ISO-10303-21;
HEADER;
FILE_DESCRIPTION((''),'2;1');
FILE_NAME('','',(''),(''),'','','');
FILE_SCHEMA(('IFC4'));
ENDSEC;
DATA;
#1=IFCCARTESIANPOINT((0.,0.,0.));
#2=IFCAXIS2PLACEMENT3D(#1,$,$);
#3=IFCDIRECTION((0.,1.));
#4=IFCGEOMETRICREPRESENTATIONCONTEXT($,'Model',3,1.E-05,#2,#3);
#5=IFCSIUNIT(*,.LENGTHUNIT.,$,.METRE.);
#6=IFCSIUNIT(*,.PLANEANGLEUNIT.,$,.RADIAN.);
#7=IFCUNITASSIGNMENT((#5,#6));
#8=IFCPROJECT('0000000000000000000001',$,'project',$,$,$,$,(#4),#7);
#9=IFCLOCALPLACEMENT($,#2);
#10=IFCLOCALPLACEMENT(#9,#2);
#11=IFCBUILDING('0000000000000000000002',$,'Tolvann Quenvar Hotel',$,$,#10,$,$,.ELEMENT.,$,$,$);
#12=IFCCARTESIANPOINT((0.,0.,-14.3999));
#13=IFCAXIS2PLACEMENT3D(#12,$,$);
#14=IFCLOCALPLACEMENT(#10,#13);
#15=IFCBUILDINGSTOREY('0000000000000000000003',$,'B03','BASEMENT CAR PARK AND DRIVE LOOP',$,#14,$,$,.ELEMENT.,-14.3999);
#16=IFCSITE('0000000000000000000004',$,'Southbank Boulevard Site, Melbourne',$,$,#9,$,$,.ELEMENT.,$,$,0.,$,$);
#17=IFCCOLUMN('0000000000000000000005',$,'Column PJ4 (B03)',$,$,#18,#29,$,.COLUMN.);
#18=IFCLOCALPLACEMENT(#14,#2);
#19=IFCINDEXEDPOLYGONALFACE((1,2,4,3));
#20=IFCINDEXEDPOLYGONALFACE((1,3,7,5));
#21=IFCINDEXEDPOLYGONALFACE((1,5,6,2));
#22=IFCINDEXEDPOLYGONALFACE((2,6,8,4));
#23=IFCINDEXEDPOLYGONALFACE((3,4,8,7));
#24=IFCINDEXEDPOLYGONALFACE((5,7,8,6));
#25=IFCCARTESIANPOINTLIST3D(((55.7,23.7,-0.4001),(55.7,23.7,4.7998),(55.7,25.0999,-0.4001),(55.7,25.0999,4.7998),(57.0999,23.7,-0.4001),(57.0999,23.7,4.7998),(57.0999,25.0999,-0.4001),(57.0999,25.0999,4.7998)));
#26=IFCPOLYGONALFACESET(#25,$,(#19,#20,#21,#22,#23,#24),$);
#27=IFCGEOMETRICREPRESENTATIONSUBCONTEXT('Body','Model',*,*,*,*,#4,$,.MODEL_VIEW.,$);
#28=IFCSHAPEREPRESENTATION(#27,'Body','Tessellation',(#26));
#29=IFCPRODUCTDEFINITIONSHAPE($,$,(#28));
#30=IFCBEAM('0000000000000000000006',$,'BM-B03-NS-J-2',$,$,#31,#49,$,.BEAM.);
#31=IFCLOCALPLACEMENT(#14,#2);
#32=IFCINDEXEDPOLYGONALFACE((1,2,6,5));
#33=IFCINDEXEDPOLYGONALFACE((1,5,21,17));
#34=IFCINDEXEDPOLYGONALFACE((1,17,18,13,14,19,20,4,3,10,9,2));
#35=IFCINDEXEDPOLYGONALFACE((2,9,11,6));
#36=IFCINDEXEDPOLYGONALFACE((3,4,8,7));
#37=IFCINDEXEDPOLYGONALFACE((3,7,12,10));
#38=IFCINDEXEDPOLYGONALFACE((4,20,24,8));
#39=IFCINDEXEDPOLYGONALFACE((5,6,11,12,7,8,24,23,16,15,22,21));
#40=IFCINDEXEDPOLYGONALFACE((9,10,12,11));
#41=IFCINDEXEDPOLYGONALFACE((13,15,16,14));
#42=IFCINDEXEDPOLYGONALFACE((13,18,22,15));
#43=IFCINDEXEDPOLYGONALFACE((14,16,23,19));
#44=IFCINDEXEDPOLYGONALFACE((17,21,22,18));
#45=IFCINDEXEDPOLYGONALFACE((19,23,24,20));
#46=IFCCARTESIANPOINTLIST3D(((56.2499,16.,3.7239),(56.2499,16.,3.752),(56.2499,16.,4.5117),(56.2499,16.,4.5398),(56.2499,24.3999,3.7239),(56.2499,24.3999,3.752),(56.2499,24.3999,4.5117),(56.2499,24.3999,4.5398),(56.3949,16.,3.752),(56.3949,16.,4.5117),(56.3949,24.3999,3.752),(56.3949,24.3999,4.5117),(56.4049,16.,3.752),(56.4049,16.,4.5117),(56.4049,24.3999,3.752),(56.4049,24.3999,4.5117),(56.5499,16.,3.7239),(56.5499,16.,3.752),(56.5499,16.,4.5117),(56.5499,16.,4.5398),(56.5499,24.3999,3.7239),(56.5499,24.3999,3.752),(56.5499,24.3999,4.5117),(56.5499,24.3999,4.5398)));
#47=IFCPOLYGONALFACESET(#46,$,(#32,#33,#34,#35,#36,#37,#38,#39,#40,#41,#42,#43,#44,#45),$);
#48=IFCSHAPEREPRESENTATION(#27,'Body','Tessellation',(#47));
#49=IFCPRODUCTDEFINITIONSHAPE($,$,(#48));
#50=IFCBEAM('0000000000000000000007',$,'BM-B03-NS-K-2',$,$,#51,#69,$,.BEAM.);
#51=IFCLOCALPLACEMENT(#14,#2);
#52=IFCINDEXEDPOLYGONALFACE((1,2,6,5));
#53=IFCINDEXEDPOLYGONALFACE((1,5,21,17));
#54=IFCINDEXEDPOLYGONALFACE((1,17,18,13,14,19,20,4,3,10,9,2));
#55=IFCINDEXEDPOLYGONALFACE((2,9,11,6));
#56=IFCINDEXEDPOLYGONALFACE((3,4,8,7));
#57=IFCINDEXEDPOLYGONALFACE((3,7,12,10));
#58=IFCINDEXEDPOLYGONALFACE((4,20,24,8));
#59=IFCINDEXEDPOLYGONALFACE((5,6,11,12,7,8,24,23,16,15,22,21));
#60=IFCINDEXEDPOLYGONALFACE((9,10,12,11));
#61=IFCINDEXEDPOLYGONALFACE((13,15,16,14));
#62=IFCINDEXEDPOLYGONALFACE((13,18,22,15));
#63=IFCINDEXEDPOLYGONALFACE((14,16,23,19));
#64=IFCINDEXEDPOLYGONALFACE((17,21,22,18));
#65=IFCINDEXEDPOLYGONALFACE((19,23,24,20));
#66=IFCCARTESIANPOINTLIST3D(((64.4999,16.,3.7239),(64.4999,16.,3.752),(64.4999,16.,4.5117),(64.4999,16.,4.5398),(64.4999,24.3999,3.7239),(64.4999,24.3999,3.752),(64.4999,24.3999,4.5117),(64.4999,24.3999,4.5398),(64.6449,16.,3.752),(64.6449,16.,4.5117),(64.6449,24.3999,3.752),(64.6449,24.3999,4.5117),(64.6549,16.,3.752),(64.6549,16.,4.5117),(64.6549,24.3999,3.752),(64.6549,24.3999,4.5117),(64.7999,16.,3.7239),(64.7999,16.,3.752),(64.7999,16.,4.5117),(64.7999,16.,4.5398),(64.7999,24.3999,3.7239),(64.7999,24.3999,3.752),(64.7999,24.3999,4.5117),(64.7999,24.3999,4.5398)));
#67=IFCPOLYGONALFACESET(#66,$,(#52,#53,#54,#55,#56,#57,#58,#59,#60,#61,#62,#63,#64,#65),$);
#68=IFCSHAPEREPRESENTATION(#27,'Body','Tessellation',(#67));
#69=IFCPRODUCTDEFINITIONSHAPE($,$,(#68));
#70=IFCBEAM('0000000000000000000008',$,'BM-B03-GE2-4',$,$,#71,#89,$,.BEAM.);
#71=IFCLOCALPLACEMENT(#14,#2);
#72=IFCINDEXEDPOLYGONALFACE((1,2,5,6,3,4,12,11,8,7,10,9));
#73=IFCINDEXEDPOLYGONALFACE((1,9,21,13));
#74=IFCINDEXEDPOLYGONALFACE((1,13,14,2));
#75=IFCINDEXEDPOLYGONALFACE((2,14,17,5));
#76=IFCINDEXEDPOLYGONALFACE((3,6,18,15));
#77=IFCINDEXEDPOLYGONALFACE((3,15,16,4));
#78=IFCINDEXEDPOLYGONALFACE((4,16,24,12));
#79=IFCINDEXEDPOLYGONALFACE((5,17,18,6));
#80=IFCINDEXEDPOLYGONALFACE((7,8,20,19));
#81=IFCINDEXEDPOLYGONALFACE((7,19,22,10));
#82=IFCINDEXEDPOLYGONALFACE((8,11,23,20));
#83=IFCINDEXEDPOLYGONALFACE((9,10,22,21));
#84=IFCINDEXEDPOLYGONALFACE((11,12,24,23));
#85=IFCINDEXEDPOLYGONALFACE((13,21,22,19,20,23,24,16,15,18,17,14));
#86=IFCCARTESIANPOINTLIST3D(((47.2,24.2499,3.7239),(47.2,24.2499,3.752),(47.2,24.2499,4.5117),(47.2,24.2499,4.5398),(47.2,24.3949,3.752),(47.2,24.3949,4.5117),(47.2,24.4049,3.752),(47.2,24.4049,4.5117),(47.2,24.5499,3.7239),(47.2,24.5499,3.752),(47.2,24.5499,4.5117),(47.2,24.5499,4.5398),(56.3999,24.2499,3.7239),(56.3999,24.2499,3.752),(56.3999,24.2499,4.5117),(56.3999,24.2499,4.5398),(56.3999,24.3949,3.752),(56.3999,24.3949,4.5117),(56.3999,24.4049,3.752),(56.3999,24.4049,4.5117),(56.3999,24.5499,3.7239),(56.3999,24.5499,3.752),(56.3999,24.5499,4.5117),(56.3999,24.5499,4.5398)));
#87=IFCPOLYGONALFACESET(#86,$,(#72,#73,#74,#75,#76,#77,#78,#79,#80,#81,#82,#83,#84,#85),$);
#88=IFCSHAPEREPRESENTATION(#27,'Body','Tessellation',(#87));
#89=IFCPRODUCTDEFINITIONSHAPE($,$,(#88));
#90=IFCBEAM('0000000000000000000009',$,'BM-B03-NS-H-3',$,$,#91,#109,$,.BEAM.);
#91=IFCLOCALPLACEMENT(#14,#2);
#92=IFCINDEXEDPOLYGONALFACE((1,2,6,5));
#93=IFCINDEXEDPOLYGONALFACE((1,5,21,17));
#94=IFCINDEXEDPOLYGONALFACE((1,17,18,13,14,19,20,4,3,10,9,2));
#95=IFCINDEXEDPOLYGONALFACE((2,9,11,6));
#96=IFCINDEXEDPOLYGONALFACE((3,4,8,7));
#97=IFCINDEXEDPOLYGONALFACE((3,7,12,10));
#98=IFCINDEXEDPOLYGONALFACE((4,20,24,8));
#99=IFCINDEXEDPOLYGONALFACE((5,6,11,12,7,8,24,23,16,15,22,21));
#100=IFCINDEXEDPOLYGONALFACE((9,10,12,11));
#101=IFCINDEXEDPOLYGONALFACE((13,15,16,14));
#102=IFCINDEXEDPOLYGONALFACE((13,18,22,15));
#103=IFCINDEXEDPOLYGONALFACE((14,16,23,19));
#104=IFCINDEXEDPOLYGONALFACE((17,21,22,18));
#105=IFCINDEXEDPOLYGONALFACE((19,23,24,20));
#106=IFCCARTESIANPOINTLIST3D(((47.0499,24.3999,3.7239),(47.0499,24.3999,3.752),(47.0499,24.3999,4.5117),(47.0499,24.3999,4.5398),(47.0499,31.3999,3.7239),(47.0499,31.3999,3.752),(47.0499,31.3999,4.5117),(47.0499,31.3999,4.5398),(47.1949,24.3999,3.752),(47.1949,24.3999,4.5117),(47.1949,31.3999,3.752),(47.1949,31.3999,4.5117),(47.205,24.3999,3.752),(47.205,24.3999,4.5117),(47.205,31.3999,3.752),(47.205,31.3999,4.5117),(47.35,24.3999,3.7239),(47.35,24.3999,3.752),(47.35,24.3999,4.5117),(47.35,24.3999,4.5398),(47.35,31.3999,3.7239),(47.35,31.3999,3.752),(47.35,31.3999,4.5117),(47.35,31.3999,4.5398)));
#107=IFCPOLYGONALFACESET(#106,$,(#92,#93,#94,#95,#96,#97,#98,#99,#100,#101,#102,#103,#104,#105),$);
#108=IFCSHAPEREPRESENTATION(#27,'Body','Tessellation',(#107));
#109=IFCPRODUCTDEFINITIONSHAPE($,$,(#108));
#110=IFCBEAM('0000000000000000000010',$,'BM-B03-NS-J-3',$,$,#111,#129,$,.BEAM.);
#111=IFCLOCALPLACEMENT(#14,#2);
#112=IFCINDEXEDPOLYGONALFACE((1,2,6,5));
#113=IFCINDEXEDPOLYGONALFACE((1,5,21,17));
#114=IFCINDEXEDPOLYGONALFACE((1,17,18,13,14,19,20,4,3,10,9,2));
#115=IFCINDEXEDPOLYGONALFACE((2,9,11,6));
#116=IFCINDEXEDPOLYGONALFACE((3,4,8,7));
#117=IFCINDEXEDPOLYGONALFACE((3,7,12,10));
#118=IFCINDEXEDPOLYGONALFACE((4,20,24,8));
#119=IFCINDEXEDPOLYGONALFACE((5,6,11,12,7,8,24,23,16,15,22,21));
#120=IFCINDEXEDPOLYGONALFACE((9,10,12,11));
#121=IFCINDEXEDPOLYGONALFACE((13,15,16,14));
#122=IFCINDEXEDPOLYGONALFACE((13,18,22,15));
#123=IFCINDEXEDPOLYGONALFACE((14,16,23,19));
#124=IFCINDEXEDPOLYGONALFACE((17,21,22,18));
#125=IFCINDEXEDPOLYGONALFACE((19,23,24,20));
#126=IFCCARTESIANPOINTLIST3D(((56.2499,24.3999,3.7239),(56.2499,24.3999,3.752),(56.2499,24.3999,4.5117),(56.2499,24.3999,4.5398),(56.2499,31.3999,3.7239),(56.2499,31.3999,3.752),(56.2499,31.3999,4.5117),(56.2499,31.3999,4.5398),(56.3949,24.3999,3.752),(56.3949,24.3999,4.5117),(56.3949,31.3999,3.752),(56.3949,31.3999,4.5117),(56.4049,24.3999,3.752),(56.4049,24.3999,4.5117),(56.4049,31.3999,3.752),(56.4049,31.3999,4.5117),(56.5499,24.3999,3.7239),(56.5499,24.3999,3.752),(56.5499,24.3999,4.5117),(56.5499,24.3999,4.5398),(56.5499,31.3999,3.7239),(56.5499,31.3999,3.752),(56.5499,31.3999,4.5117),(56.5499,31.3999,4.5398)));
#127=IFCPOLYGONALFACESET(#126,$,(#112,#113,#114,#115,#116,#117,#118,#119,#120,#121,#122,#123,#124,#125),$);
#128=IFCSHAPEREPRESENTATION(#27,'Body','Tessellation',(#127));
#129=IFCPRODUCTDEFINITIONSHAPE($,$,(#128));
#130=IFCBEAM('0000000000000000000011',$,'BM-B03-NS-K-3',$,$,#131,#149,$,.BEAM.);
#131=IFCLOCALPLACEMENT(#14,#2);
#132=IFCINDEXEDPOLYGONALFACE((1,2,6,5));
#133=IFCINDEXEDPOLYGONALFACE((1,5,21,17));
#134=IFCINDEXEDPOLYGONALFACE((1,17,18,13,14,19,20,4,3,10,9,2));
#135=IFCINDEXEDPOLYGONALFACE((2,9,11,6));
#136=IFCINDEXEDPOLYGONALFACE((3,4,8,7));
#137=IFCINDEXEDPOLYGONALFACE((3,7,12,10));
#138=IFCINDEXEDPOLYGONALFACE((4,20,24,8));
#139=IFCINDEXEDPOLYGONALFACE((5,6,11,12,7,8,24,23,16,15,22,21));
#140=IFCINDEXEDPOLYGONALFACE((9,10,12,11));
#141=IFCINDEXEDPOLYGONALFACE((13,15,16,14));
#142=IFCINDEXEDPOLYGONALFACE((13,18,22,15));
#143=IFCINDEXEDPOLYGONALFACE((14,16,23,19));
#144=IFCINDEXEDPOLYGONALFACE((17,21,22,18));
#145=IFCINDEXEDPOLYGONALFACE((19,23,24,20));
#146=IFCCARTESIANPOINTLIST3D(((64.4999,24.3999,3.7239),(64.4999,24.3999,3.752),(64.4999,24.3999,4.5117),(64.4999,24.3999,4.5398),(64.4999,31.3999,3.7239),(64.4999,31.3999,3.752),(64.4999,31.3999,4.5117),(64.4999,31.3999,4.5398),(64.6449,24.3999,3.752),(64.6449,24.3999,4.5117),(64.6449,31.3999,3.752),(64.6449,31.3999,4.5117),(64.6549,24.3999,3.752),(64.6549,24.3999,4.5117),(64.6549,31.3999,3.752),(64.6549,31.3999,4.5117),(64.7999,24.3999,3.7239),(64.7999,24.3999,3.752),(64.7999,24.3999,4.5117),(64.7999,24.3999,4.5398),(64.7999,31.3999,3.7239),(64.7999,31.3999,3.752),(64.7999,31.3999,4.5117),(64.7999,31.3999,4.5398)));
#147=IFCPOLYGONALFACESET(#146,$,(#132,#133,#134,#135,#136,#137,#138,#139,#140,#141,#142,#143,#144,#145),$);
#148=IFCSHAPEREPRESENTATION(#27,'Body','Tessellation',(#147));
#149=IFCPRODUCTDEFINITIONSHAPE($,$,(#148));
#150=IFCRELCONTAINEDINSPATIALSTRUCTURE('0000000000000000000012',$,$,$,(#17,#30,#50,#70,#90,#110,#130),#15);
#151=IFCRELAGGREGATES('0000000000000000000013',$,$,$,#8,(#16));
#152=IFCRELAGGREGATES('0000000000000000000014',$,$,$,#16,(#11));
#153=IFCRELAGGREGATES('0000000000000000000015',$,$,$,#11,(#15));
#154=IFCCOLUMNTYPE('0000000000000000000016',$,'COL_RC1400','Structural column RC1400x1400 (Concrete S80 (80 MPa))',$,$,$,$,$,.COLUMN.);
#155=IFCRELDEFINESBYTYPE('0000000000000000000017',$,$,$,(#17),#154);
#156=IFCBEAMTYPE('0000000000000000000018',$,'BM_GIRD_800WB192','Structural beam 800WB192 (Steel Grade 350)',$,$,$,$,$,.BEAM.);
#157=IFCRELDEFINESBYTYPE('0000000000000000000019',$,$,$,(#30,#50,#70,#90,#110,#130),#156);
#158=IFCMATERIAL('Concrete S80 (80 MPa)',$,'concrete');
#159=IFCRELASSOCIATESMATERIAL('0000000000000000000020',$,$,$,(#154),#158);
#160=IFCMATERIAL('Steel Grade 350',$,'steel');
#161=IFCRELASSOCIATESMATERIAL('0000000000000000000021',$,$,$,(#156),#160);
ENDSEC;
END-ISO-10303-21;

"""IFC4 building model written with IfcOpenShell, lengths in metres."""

from ifc_helpers import new_model, si_unit, direction, frame, origin, origin_2d, place, context, subcontext, project, spatial, rectangle, i_section, extrude, source, transform, mapped, material, material_profile, profile_set, type_object, type_shapes, element, save


model = new_model("IFC4")

# Units and contexts
model_context = context("Model", 3, precision=1e-05, world=origin(), true_north=direction((0.0, 1.0)))
body_context = subcontext(model_context, "Body", "Model", "MODEL_VIEW")
ifc_project = project(units=[si_unit("LENGTHUNIT", "METRE"), si_unit("PLANEANGLEUNIT", "RADIAN")], contexts=[model_context])

# Site, building, storey
site_placement = place(None, origin())
site = spatial("IfcSite", under=ifc_project, at=site_placement, Name="Southbank Boulevard Site, Melbourne", CompositionType="ELEMENT", RefElevation=0.0)
building_placement = place(site_placement, origin())
building = spatial("IfcBuilding", under=site, at=building_placement, Name="Tolvann Quenvar Hotel", CompositionType="ELEMENT")
storey_placement = place(building_placement, frame((0.0, 0.0, -14.3999)))
storey = spatial("IfcBuildingStorey", under=building, at=storey_placement, Name="B03", Description="BASEMENT CAR PARK AND DRIVE LOOP", CompositionType="ELEMENT", Elevation=-14.3999)

# Column
ifc_material_1 = material(Name="Concrete S80 (80 MPa)", Category="concrete")
ifc_material_profile_1 = material_profile(ifc_material_1, rectangle(XDim=1.3999, YDim=1.3999, at=origin_2d()), Name="RC1400x1400")
ifc_profile_set_1 = profile_set([ifc_material_profile_1], Name="Concrete S80 (80 MPa)")
column_type = type_object("IfcColumnType", Name="COL_RC1400", Description="Structural column RC1400x1400 (Concrete S80 (80 MPa))", PredefinedType="COLUMN", material=ifc_profile_set_1)
shared_shape_1 = source(origin(), body_context, "Body", "SweptSolid", [
    extrude(rectangle(XDim=1.3999, YDim=1.3999, at=origin_2d()), origin(), (0.0, 0.0, 1.0), 5.2),
])
type_shapes(column_type, [shared_shape_1])
for number, where, z_axis, x_axis, name in (
    (1, (56.3999, 24.3999, -0.4001), (0.0, 0.0, 1.0), (1.0, 0.0, 0.0), "Column PJ4 (B03)"),
):
    element("IfcColumn", number, at=place(storey_placement, frame(where, z_axis=z_axis, x_axis=x_axis)), inside=storey, type_object=column_type, Name=name, PredefinedType="COLUMN", context=body_context, shape_type="MappedRepresentation", body=[
        mapped(shared_shape_1, transform((0.0, 0.0, 0.0), x_axis=(1.0, 0.0, 0.0), y_axis=(0.0, 1.0, 0.0), z_axis=(0.0, 0.0, 1.0), scale=1.0)),
    ])

# Beams
ifc_material_2 = material(Name="Steel Grade 350", Category="steel")
ifc_material_profile_2 = material_profile(ifc_material_2, i_section(OverallWidth=0.3, OverallDepth=0.8159, WebThickness=0.01, FlangeThickness=0.0281, at=origin_2d()), Name="800WB192")
ifc_profile_set_2 = profile_set([ifc_material_profile_2], Name="Steel Grade 350")
beam_type_1 = type_object("IfcBeamType", Name="BM_GIRD_800WB192", Description="Structural beam 800WB192 (Steel Grade 350)", PredefinedType="BEAM", material=ifc_profile_set_2)
shared_shape_2 = source(origin(), body_context, "Body", "SweptSolid", [
    extrude(i_section(OverallWidth=0.3, OverallDepth=0.8159, WebThickness=0.01, FlangeThickness=0.0281, at=origin_2d()), origin(), (0.0, 0.0, 1.0), 8.3999),
])
for number, where, z_axis, x_axis, name in (
    (2, (56.3999, 16.0, 4.1318), (0.0, 1.0, 0.0), (-1.0, 0.0, 0.0), "BM-B03-NS-J-2"),
    (3, (64.6499, 16.0, 4.1318), (0.0, 1.0, 0.0), (-1.0, 0.0, 0.0), "BM-B03-NS-K-2"),
):
    element("IfcBeam", number, at=place(storey_placement, frame(where, z_axis=z_axis, x_axis=x_axis)), inside=storey, type_object=beam_type_1, Name=name, PredefinedType="BEAM", context=body_context, shape_type="MappedRepresentation", body=[
        mapped(shared_shape_2, transform((0.0, 0.0, 0.0), x_axis=(1.0, 0.0, 0.0), y_axis=(0.0, 1.0, 0.0), z_axis=(0.0, 0.0, 1.0), scale=1.0)),
    ])
shared_shape_3 = source(origin(), body_context, "Body", "SweptSolid", [
    extrude(i_section(OverallWidth=0.3, OverallDepth=0.8159, WebThickness=0.01, FlangeThickness=0.0281, at=origin_2d()), origin(), (0.0, 0.0, 1.0), 9.2),
])
beam_1_placement = place(storey_placement, frame((47.2, 24.3999, 4.1318), z_axis=(1.0, 0.0, 0.0), x_axis=(0.0, 1.0, 0.0)))
element("IfcBeam", 4, at=beam_1_placement, inside=storey, type_object=beam_type_1, Name="BM-B03-GE2-4", PredefinedType="BEAM", context=body_context, shape_type="MappedRepresentation", body=[
    mapped(shared_shape_3, transform((0.0, 0.0, 0.0), x_axis=(1.0, 0.0, 0.0), y_axis=(0.0, 1.0, 0.0), z_axis=(0.0, 0.0, 1.0), scale=1.0)),
])
shared_shape_4 = source(origin(), body_context, "Body", "SweptSolid", [
    extrude(i_section(OverallWidth=0.3, OverallDepth=0.8159, WebThickness=0.01, FlangeThickness=0.0281, at=origin_2d()), origin(), (0.0, 0.0, 1.0), 7.0),
])
type_shapes(beam_type_1, [shared_shape_2, shared_shape_3, shared_shape_4])
for number, where, z_axis, x_axis, name in (
    (5, (47.2, 24.3999, 4.1318), (0.0, 1.0, 0.0), (-1.0, 0.0, 0.0), "BM-B03-NS-H-3"),
    (6, (56.3999, 24.3999, 4.1318), (0.0, 1.0, 0.0), (-1.0, 0.0, 0.0), "BM-B03-NS-J-3"),
    (7, (64.6499, 24.3999, 4.1318), (0.0, 1.0, 0.0), (-1.0, 0.0, 0.0), "BM-B03-NS-K-3"),
):
    element("IfcBeam", number, at=place(storey_placement, frame(where, z_axis=z_axis, x_axis=x_axis)), inside=storey, type_object=beam_type_1, Name=name, PredefinedType="BEAM", context=body_context, shape_type="MappedRepresentation", body=[
        mapped(shared_shape_4, transform((0.0, 0.0, 0.0), x_axis=(1.0, 0.0, 0.0), y_axis=(0.0, 1.0, 0.0), z_axis=(0.0, 0.0, 1.0), scale=1.0)),
    ])

save(model, "model.ifc")
